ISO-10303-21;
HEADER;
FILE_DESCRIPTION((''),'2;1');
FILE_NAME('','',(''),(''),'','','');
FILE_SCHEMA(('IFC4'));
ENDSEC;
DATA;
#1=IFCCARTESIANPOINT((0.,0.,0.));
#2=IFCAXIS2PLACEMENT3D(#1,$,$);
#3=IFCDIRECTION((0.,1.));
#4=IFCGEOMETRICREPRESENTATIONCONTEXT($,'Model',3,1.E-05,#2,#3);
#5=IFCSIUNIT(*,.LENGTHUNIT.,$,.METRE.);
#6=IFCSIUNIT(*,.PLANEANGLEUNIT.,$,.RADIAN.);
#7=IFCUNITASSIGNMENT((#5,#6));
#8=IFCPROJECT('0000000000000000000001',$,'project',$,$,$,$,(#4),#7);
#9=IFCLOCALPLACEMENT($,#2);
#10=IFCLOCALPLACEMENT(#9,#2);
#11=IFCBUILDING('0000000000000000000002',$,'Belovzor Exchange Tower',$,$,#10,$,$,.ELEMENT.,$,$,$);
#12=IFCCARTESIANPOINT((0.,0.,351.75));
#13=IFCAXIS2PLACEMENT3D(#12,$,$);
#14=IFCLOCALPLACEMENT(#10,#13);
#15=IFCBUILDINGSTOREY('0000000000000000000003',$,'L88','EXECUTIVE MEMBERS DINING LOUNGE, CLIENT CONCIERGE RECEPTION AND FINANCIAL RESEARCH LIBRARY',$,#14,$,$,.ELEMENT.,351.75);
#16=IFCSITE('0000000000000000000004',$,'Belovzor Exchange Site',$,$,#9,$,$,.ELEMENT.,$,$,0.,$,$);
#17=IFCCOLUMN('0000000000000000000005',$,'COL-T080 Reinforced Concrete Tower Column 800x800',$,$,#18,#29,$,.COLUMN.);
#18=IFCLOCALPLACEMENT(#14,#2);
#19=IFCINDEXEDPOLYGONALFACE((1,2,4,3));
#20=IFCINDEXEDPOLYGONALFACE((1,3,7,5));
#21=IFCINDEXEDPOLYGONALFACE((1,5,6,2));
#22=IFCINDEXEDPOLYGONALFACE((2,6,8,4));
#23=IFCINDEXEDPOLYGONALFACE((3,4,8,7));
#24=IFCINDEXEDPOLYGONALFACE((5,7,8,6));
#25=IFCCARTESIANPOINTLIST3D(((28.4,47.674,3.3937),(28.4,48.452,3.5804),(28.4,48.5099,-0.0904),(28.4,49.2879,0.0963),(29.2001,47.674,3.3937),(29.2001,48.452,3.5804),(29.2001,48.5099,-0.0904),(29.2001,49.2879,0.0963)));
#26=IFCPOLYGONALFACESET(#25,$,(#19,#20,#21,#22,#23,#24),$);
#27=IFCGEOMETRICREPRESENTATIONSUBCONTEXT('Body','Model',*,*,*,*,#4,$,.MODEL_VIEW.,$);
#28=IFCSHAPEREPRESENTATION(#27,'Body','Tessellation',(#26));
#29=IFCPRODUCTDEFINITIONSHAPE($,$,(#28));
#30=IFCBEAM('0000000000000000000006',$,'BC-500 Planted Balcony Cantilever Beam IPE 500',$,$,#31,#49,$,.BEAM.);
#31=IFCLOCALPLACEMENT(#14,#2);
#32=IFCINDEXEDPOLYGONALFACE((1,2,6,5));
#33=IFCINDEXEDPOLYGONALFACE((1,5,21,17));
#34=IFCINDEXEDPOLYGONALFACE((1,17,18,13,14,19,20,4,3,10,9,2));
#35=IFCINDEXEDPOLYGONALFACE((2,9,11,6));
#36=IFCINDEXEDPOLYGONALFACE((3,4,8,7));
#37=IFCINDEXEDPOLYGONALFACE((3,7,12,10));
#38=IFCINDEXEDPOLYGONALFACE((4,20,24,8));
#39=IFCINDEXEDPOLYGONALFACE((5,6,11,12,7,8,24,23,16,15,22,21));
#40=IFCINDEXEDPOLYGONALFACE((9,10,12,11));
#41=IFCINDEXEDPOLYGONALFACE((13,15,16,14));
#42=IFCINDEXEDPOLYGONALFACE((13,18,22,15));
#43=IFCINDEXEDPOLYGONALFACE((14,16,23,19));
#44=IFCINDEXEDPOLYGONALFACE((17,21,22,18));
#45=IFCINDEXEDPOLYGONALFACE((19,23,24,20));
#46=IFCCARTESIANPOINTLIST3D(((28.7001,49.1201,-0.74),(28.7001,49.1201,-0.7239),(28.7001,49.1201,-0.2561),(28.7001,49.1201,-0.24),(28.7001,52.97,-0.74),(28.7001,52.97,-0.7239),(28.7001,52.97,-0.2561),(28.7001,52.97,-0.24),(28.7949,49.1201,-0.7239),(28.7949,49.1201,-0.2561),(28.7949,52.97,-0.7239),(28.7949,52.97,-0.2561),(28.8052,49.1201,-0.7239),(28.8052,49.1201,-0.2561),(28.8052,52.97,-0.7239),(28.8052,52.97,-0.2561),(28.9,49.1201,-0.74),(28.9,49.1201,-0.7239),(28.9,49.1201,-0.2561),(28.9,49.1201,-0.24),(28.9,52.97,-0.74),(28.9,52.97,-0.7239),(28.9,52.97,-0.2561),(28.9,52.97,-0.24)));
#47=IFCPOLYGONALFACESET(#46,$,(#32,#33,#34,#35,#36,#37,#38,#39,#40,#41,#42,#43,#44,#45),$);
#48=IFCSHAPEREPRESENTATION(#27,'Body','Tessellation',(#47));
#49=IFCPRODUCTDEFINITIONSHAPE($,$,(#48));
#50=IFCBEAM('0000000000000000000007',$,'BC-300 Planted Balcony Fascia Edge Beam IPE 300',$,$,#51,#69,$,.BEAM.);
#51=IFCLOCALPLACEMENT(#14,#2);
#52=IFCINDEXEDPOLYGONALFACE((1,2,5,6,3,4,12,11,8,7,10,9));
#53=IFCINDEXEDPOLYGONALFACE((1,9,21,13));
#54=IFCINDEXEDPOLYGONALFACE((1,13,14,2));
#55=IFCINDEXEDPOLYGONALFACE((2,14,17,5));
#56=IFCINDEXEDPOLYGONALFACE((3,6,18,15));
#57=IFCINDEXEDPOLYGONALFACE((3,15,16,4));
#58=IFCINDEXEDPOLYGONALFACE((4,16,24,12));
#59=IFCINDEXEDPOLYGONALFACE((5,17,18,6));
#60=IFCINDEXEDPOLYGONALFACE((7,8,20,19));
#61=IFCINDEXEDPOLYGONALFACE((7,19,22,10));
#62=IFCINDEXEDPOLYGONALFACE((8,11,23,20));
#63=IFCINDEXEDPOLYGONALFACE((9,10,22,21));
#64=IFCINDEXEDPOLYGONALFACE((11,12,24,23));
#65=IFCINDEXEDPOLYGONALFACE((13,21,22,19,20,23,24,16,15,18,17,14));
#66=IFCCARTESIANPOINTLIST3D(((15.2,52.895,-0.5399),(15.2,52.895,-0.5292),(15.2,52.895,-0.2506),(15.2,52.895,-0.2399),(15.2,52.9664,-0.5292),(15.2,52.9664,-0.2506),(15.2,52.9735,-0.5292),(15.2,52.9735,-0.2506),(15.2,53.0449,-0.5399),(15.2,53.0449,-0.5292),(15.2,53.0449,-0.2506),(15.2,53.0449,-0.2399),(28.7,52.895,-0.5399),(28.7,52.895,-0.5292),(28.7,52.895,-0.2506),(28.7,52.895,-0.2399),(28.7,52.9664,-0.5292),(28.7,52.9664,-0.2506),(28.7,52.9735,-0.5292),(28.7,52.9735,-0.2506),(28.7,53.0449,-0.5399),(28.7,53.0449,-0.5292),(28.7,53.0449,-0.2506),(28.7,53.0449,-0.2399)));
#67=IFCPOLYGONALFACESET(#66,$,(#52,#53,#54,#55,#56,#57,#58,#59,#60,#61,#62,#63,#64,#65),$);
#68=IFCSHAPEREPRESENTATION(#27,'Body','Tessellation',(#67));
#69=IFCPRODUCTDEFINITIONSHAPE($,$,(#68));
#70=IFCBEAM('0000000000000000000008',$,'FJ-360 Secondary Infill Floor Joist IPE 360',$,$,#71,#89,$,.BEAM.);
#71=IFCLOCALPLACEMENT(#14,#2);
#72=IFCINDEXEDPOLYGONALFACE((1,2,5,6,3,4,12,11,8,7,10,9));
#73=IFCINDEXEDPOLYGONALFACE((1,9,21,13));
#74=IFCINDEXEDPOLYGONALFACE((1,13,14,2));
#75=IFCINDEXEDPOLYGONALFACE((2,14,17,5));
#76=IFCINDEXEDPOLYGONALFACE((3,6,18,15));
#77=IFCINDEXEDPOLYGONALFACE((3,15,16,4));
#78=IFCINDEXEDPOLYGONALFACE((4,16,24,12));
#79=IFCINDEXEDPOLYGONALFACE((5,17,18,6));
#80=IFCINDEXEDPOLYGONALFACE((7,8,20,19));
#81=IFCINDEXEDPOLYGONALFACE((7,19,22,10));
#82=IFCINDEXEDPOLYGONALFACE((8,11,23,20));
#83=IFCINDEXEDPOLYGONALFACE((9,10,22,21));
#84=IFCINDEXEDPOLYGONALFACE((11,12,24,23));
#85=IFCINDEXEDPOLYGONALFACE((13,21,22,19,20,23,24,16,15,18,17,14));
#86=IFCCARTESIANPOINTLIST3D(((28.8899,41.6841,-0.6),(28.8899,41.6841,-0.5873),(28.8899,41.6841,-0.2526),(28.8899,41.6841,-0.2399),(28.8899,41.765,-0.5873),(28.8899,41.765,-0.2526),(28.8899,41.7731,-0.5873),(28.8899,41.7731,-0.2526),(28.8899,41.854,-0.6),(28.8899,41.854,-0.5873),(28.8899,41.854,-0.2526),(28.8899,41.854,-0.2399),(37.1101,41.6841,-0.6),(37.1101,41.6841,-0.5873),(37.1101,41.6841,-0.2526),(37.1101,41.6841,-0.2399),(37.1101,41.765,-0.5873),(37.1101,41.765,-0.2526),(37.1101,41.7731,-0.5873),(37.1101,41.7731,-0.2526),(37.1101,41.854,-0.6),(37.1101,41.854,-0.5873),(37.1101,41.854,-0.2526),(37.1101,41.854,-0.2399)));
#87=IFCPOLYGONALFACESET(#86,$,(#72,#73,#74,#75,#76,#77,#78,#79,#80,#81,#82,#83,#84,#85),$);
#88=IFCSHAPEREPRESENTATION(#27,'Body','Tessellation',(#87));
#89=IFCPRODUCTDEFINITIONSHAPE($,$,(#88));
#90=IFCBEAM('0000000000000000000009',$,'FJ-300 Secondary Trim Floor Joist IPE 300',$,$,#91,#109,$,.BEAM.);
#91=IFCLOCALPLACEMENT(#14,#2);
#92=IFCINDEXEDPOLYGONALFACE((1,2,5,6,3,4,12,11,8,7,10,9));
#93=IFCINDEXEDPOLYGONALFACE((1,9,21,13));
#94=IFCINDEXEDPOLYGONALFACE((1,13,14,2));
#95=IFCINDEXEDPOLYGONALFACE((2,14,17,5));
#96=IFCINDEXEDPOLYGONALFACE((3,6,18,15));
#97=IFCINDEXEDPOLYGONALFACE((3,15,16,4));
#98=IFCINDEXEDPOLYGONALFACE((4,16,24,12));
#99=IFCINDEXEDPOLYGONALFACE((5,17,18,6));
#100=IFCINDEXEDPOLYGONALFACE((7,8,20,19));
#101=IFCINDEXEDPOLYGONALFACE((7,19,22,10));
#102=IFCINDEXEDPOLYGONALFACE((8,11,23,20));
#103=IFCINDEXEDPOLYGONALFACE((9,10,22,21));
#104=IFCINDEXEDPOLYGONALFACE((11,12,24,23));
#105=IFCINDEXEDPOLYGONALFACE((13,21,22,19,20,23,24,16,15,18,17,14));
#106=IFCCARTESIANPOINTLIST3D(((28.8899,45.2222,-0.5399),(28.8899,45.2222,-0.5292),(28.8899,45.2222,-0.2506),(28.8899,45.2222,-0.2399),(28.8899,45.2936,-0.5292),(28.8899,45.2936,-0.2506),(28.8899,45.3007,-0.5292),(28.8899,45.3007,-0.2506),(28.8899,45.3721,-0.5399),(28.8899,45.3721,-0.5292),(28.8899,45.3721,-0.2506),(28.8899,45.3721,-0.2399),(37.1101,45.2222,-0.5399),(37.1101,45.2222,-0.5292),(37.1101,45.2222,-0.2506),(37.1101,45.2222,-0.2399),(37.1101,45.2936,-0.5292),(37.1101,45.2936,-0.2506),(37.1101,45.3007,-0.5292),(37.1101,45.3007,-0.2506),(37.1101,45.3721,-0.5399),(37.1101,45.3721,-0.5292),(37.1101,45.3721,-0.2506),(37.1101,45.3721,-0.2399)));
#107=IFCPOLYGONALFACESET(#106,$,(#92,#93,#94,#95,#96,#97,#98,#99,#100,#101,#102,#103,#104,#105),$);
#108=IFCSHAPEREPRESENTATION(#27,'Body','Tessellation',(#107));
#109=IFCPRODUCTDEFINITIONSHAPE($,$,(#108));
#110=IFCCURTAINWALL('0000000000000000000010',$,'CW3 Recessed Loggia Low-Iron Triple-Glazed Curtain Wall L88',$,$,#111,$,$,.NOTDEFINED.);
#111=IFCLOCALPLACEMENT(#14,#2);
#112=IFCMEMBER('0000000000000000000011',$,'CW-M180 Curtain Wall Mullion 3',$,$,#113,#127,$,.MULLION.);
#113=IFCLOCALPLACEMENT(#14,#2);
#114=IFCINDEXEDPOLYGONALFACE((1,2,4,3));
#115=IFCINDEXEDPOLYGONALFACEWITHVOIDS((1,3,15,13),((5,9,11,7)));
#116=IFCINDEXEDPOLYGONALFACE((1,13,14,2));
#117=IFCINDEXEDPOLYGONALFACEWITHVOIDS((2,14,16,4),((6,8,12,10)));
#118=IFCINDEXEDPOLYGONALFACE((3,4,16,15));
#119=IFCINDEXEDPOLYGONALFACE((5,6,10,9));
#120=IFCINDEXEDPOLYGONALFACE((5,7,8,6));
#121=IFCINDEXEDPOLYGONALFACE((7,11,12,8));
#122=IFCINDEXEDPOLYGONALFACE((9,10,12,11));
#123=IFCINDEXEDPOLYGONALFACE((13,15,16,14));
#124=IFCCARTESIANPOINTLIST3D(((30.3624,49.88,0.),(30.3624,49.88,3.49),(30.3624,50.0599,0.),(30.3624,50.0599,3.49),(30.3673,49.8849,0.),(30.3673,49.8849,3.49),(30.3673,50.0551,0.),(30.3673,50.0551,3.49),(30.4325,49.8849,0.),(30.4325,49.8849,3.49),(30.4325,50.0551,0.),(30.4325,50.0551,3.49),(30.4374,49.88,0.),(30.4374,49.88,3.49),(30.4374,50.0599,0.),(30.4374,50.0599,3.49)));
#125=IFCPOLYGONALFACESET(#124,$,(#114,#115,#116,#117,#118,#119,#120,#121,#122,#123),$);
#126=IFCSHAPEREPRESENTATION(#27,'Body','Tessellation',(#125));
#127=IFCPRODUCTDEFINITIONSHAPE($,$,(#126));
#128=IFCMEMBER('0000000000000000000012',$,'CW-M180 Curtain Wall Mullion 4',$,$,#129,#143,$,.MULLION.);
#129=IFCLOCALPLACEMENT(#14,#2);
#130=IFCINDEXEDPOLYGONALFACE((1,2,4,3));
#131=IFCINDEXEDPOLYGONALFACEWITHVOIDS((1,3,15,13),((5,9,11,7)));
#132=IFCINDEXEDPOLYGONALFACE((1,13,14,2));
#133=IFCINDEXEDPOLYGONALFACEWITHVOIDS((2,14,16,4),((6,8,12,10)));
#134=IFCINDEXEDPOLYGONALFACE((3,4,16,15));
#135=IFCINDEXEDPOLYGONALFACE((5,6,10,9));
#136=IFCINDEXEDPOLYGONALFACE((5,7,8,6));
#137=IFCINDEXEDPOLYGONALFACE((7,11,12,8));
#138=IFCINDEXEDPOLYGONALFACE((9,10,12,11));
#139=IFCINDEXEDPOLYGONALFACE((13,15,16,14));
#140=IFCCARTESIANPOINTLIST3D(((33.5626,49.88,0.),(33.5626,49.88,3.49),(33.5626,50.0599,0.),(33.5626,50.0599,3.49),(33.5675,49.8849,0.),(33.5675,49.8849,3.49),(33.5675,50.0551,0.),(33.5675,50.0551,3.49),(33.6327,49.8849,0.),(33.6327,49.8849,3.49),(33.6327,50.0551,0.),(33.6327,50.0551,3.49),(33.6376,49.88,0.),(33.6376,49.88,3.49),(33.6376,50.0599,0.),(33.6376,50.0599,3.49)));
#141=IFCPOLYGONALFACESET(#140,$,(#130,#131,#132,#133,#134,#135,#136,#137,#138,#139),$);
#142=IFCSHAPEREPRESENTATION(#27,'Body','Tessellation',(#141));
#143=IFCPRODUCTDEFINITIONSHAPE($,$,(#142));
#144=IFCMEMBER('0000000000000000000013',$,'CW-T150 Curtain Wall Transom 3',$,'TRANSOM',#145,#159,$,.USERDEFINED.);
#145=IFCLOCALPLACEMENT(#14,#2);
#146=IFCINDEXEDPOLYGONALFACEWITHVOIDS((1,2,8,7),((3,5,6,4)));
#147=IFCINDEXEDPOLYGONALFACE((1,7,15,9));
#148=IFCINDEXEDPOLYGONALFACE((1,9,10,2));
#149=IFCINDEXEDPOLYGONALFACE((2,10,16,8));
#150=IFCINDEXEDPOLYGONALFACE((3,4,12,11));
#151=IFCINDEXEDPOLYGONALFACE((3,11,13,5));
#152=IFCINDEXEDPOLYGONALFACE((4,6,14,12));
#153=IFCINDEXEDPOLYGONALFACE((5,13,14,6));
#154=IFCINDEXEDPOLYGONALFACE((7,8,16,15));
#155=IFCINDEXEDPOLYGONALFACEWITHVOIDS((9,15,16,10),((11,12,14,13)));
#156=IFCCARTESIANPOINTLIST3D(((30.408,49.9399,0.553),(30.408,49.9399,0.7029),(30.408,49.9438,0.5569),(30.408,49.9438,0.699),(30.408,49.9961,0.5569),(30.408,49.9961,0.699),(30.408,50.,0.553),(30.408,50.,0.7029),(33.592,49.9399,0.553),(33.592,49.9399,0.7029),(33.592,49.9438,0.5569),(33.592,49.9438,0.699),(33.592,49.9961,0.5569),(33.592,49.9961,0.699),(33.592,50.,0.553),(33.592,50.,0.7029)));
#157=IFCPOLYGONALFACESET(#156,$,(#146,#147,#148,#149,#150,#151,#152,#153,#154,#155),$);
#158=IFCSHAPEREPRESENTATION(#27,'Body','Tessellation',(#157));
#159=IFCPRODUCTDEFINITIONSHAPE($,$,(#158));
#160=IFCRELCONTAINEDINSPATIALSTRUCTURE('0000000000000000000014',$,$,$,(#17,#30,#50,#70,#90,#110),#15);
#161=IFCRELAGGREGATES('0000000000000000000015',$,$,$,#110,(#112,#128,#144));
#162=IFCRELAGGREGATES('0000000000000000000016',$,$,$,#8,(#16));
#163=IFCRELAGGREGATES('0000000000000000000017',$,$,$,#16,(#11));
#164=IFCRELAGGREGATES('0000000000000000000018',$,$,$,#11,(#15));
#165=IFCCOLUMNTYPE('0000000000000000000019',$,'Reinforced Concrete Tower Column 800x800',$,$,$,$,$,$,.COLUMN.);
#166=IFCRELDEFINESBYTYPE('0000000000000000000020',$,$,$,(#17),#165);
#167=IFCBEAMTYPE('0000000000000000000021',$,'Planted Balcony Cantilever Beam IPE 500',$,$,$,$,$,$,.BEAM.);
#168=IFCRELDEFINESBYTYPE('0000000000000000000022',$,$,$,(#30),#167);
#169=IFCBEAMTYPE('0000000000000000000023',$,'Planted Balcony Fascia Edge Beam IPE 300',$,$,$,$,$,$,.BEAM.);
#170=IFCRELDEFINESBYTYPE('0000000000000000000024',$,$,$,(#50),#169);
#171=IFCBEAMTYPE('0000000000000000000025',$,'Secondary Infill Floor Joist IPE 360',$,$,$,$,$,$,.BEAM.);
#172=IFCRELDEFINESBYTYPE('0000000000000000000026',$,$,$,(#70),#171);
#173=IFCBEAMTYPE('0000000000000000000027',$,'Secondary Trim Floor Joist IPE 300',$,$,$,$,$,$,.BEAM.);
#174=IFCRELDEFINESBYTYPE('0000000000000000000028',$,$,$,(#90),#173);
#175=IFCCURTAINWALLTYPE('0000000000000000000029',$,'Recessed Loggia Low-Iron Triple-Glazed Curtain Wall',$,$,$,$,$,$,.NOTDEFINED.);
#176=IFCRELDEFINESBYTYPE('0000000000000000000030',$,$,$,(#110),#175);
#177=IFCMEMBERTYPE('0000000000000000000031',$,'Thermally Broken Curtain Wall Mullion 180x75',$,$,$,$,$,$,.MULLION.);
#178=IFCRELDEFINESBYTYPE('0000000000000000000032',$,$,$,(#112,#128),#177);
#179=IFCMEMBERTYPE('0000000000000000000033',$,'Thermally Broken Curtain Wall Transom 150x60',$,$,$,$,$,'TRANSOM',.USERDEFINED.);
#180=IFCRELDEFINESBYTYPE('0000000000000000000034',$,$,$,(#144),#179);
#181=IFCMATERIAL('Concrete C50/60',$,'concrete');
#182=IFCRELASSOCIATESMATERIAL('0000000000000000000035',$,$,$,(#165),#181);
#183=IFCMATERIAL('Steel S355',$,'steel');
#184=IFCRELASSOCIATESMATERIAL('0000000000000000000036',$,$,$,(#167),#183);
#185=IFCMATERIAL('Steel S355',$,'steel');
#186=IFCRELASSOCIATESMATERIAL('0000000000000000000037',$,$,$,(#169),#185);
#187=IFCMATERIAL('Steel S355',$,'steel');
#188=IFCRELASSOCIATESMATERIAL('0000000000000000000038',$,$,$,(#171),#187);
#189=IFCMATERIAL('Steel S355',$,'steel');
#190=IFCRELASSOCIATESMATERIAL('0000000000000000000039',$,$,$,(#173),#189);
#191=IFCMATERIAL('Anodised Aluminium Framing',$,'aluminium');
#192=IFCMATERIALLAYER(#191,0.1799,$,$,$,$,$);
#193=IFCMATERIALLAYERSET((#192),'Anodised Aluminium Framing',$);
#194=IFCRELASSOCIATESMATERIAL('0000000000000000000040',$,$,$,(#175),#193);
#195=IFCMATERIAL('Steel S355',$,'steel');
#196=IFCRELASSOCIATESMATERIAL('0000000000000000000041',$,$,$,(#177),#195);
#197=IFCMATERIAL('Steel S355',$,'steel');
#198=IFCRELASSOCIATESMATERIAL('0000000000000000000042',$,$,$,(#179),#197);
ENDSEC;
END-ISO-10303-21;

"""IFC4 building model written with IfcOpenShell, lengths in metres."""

from ifc_helpers import new_model, si_unit, direction, frame, origin, origin_2d, place, context, subcontext, project, spatial, rectangle, hollow_rectangle, i_section, extrude, material, layer, layer_set, material_profile, profile_set, type_object, element, aggregate, save


model = new_model("IFC4")

# Units and contexts
model_context = context("Model", 3, precision=1e-05, world=origin(), true_north=direction((0.0, 1.0)))
body_context = subcontext(model_context, "Body", "Model", "MODEL_VIEW")
ifc_project = project(units=[si_unit("LENGTHUNIT", "METRE"), si_unit("PLANEANGLEUNIT", "RADIAN")], contexts=[model_context])

# Site, building, storey
site_placement = place(None, origin())
site = spatial("IfcSite", under=ifc_project, at=site_placement, Name="Belovzor Exchange Site", CompositionType="ELEMENT", RefElevation=0.0)
building_placement = place(site_placement, origin())
building = spatial("IfcBuilding", under=site, at=building_placement, Name="Belovzor Exchange Tower", CompositionType="ELEMENT")
storey_placement = place(building_placement, frame((0.0, 0.0, 351.75)))
storey = spatial("IfcBuildingStorey", under=building, at=storey_placement, Name="L88", Description="EXECUTIVE MEMBERS DINING LOUNGE, CLIENT CONCIERGE RECEPTION AND FINANCIAL RESEARCH LIBRARY", CompositionType="ELEMENT", Elevation=351.75)

# Column
ifc_material_1 = material(Name="Concrete C50/60", Category="concrete")
ifc_material_profile_1 = material_profile(ifc_material_1, rectangle(XDim=0.8, YDim=0.8, at=origin_2d()))
ifc_profile_set_1 = profile_set([ifc_material_profile_1], Name="Concrete C50/60")
column_type = type_object("IfcColumnType", Name="Reinforced Concrete Tower Column 800x800", PredefinedType="COLUMN", material=ifc_profile_set_1)
column_placement = place(storey_placement, frame((28.8, 48.8989, 0.0029), z_axis=(0.0, -0.233306, 0.972403), x_axis=(1.0, 0.0, 0.0)))
element("IfcColumn", 1, at=column_placement, inside=storey, type_object=column_type, Name="COL-T080 Reinforced Concrete Tower Column 800x800", PredefinedType="COLUMN", context=body_context, shape_type="SweptSolid", body=[
    extrude(rectangle(XDim=0.8, YDim=0.8, at=origin_2d()), origin(), (0.0, 0.0, 1.0), 3.583),
])

# Beams
ifc_material_2 = material(Name="Steel S355", Category="steel")
ifc_material_profile_2 = material_profile(ifc_material_2, i_section(OverallWidth=0.2, OverallDepth=0.5, WebThickness=0.0103, FlangeThickness=0.0161, at=origin_2d()))
ifc_profile_set_2 = profile_set([ifc_material_profile_2], Name="Steel S355")
beam_type_1 = type_object("IfcBeamType", Name="Planted Balcony Cantilever Beam IPE 500", PredefinedType="BEAM", material=ifc_profile_set_2)
beam_1_placement = place(storey_placement, frame((28.8, 49.1201, -0.49), z_axis=(0.0, 1.0, 0.0), x_axis=(-1.0, 0.0, 0.0)))
element("IfcBeam", 2, at=beam_1_placement, inside=storey, type_object=beam_type_1, Name="BC-500 Planted Balcony Cantilever Beam IPE 500", PredefinedType="BEAM", context=body_context, shape_type="SweptSolid", body=[
    extrude(i_section(OverallWidth=0.2, OverallDepth=0.5, WebThickness=0.0103, FlangeThickness=0.0161, at=origin_2d()), origin(), (0.0, 0.0, 1.0), 3.8499),
])
ifc_material_3 = material(Name="Steel S355", Category="steel")
ifc_material_profile_3 = material_profile(ifc_material_3, i_section(OverallWidth=0.1499, OverallDepth=0.3, WebThickness=0.0071, FlangeThickness=0.0107, at=origin_2d()))
ifc_profile_set_3 = profile_set([ifc_material_profile_3], Name="Steel S355")
beam_type_2 = type_object("IfcBeamType", Name="Planted Balcony Fascia Edge Beam IPE 300", PredefinedType="BEAM", material=ifc_profile_set_3)
beam_2_placement = place(storey_placement, frame((28.7, 52.97, -0.3899), z_axis=(-1.0, 0.0, 0.0), x_axis=(0.0, -1.0, 0.0)))
element("IfcBeam", 3, at=beam_2_placement, inside=storey, type_object=beam_type_2, Name="BC-300 Planted Balcony Fascia Edge Beam IPE 300", PredefinedType="BEAM", context=body_context, shape_type="SweptSolid", body=[
    extrude(i_section(OverallWidth=0.1499, OverallDepth=0.3, WebThickness=0.0071, FlangeThickness=0.0107, at=origin_2d()), origin(), (0.0, 0.0, 1.0), 13.5),
])
ifc_material_4 = material(Name="Steel S355", Category="steel")
ifc_material_profile_4 = material_profile(ifc_material_4, i_section(OverallWidth=0.1699, OverallDepth=0.3601, WebThickness=0.0081, FlangeThickness=0.0127, at=origin_2d()))
ifc_profile_set_4 = profile_set([ifc_material_profile_4], Name="Steel S355")
beam_type_3 = type_object("IfcBeamType", Name="Secondary Infill Floor Joist IPE 360", PredefinedType="BEAM", material=ifc_profile_set_4)
beam_3_placement = place(storey_placement, frame((28.8899, 41.769, -0.4199), z_axis=(1.0, 0.0, 0.0), x_axis=(0.0, 1.0, 0.0)))
element("IfcBeam", 4, at=beam_3_placement, inside=storey, type_object=beam_type_3, Name="FJ-360 Secondary Infill Floor Joist IPE 360", PredefinedType="BEAM", context=body_context, shape_type="SweptSolid", body=[
    extrude(i_section(OverallWidth=0.1699, OverallDepth=0.3601, WebThickness=0.0081, FlangeThickness=0.0127, at=origin_2d()), origin(), (0.0, 0.0, 1.0), 8.2202),
])
ifc_material_5 = material(Name="Steel S355", Category="steel")
ifc_material_profile_5 = material_profile(ifc_material_5, i_section(OverallWidth=0.1499, OverallDepth=0.3, WebThickness=0.0071, FlangeThickness=0.0107, at=origin_2d()))
ifc_profile_set_5 = profile_set([ifc_material_profile_5], Name="Steel S355")
beam_type_4 = type_object("IfcBeamType", Name="Secondary Trim Floor Joist IPE 300", PredefinedType="BEAM", material=ifc_profile_set_5)
beam_4_placement = place(storey_placement, frame((28.8899, 45.2971, -0.3899), z_axis=(1.0, 0.0, 0.0), x_axis=(0.0, 1.0, 0.0)))
element("IfcBeam", 5, at=beam_4_placement, inside=storey, type_object=beam_type_4, Name="FJ-300 Secondary Trim Floor Joist IPE 300", PredefinedType="BEAM", context=body_context, shape_type="SweptSolid", body=[
    extrude(i_section(OverallWidth=0.1499, OverallDepth=0.3, WebThickness=0.0071, FlangeThickness=0.0107, at=origin_2d()), origin(), (0.0, 0.0, 1.0), 8.2202),
])

# Curtain wall, members
ifc_material_6 = material(Name="Anodised Aluminium Framing", Category="aluminium")
ifc_layer_1 = layer(ifc_material_6, 0.1799)
ifc_layer_set_1 = layer_set([ifc_layer_1], Name="Anodised Aluminium Framing")
curtain_wall_type = type_object("IfcCurtainWallType", Name="Recessed Loggia Low-Iron Triple-Glazed Curtain Wall", PredefinedType="NOTDEFINED", material=ifc_layer_set_1)
curtain_wall_placement = place(storey_placement, origin())
curtain_wall = element("IfcCurtainWall", 6, at=curtain_wall_placement, inside=storey, type_object=curtain_wall_type, Name="CW3 Recessed Loggia Low-Iron Triple-Glazed Curtain Wall L88", PredefinedType="NOTDEFINED")
ifc_material_7 = material(Name="Steel S355", Category="steel")
ifc_material_profile_6 = material_profile(ifc_material_7, hollow_rectangle(XDim=0.075, YDim=0.1799, WallThickness=0.0049, at=origin_2d()))
ifc_profile_set_6 = profile_set([ifc_material_profile_6], Name="Steel S355")
member_type_1 = type_object("IfcMemberType", Name="Thermally Broken Curtain Wall Mullion 180x75", PredefinedType="MULLION", material=ifc_profile_set_6)
member_1_placement = place(storey_placement, frame((30.3999, 49.97, 0.0), z_axis=(0.0, 0.0, 1.0), x_axis=(1.0, 0.0, 0.0)))
member_1 = element("IfcMember", 7, at=member_1_placement, type_object=member_type_1, Name="CW-M180 Curtain Wall Mullion 3", PredefinedType="MULLION", context=body_context, shape_type="SweptSolid", body=[
    extrude(hollow_rectangle(XDim=0.075, YDim=0.1799, WallThickness=0.0049, at=origin_2d()), origin(), (0.0, 0.0, 1.0), 3.49),
])
member_2_placement = place(storey_placement, frame((33.6001, 49.97, 0.0), z_axis=(0.0, 0.0, 1.0), x_axis=(1.0, 0.0, 0.0)))
member_2 = element("IfcMember", 8, at=member_2_placement, type_object=member_type_1, Name="CW-M180 Curtain Wall Mullion 4", PredefinedType="MULLION", context=body_context, shape_type="SweptSolid", body=[
    extrude(hollow_rectangle(XDim=0.075, YDim=0.1799, WallThickness=0.0049, at=origin_2d()), origin(), (0.0, 0.0, 1.0), 3.49),
])
ifc_material_8 = material(Name="Steel S355", Category="steel")
ifc_material_profile_7 = material_profile(ifc_material_8, hollow_rectangle(XDim=0.0601, YDim=0.1499, WallThickness=0.0039, at=origin_2d()))
ifc_profile_set_7 = profile_set([ifc_material_profile_7], Name="Steel S355")
member_type_2 = type_object("IfcMemberType", Name="Thermally Broken Curtain Wall Transom 150x60", ElementType="TRANSOM", PredefinedType="USERDEFINED", material=ifc_profile_set_7)
member_3_placement = place(storey_placement, frame((30.408, 49.97, 0.6279), z_axis=(1.0, 0.0, 0.0), x_axis=(0.0, 1.0, 0.0)))
member_3 = element("IfcMember", 9, at=member_3_placement, type_object=member_type_2, Name="CW-T150 Curtain Wall Transom 3", ObjectType="TRANSOM", PredefinedType="USERDEFINED", context=body_context, shape_type="SweptSolid", body=[
    extrude(hollow_rectangle(XDim=0.0601, YDim=0.1499, WallThickness=0.0039, at=origin_2d()), origin(), (0.0, 0.0, 1.0), 3.1841),
])

aggregate(curtain_wall, [member_1, member_2, member_3])

save(model, "model.ifc")
